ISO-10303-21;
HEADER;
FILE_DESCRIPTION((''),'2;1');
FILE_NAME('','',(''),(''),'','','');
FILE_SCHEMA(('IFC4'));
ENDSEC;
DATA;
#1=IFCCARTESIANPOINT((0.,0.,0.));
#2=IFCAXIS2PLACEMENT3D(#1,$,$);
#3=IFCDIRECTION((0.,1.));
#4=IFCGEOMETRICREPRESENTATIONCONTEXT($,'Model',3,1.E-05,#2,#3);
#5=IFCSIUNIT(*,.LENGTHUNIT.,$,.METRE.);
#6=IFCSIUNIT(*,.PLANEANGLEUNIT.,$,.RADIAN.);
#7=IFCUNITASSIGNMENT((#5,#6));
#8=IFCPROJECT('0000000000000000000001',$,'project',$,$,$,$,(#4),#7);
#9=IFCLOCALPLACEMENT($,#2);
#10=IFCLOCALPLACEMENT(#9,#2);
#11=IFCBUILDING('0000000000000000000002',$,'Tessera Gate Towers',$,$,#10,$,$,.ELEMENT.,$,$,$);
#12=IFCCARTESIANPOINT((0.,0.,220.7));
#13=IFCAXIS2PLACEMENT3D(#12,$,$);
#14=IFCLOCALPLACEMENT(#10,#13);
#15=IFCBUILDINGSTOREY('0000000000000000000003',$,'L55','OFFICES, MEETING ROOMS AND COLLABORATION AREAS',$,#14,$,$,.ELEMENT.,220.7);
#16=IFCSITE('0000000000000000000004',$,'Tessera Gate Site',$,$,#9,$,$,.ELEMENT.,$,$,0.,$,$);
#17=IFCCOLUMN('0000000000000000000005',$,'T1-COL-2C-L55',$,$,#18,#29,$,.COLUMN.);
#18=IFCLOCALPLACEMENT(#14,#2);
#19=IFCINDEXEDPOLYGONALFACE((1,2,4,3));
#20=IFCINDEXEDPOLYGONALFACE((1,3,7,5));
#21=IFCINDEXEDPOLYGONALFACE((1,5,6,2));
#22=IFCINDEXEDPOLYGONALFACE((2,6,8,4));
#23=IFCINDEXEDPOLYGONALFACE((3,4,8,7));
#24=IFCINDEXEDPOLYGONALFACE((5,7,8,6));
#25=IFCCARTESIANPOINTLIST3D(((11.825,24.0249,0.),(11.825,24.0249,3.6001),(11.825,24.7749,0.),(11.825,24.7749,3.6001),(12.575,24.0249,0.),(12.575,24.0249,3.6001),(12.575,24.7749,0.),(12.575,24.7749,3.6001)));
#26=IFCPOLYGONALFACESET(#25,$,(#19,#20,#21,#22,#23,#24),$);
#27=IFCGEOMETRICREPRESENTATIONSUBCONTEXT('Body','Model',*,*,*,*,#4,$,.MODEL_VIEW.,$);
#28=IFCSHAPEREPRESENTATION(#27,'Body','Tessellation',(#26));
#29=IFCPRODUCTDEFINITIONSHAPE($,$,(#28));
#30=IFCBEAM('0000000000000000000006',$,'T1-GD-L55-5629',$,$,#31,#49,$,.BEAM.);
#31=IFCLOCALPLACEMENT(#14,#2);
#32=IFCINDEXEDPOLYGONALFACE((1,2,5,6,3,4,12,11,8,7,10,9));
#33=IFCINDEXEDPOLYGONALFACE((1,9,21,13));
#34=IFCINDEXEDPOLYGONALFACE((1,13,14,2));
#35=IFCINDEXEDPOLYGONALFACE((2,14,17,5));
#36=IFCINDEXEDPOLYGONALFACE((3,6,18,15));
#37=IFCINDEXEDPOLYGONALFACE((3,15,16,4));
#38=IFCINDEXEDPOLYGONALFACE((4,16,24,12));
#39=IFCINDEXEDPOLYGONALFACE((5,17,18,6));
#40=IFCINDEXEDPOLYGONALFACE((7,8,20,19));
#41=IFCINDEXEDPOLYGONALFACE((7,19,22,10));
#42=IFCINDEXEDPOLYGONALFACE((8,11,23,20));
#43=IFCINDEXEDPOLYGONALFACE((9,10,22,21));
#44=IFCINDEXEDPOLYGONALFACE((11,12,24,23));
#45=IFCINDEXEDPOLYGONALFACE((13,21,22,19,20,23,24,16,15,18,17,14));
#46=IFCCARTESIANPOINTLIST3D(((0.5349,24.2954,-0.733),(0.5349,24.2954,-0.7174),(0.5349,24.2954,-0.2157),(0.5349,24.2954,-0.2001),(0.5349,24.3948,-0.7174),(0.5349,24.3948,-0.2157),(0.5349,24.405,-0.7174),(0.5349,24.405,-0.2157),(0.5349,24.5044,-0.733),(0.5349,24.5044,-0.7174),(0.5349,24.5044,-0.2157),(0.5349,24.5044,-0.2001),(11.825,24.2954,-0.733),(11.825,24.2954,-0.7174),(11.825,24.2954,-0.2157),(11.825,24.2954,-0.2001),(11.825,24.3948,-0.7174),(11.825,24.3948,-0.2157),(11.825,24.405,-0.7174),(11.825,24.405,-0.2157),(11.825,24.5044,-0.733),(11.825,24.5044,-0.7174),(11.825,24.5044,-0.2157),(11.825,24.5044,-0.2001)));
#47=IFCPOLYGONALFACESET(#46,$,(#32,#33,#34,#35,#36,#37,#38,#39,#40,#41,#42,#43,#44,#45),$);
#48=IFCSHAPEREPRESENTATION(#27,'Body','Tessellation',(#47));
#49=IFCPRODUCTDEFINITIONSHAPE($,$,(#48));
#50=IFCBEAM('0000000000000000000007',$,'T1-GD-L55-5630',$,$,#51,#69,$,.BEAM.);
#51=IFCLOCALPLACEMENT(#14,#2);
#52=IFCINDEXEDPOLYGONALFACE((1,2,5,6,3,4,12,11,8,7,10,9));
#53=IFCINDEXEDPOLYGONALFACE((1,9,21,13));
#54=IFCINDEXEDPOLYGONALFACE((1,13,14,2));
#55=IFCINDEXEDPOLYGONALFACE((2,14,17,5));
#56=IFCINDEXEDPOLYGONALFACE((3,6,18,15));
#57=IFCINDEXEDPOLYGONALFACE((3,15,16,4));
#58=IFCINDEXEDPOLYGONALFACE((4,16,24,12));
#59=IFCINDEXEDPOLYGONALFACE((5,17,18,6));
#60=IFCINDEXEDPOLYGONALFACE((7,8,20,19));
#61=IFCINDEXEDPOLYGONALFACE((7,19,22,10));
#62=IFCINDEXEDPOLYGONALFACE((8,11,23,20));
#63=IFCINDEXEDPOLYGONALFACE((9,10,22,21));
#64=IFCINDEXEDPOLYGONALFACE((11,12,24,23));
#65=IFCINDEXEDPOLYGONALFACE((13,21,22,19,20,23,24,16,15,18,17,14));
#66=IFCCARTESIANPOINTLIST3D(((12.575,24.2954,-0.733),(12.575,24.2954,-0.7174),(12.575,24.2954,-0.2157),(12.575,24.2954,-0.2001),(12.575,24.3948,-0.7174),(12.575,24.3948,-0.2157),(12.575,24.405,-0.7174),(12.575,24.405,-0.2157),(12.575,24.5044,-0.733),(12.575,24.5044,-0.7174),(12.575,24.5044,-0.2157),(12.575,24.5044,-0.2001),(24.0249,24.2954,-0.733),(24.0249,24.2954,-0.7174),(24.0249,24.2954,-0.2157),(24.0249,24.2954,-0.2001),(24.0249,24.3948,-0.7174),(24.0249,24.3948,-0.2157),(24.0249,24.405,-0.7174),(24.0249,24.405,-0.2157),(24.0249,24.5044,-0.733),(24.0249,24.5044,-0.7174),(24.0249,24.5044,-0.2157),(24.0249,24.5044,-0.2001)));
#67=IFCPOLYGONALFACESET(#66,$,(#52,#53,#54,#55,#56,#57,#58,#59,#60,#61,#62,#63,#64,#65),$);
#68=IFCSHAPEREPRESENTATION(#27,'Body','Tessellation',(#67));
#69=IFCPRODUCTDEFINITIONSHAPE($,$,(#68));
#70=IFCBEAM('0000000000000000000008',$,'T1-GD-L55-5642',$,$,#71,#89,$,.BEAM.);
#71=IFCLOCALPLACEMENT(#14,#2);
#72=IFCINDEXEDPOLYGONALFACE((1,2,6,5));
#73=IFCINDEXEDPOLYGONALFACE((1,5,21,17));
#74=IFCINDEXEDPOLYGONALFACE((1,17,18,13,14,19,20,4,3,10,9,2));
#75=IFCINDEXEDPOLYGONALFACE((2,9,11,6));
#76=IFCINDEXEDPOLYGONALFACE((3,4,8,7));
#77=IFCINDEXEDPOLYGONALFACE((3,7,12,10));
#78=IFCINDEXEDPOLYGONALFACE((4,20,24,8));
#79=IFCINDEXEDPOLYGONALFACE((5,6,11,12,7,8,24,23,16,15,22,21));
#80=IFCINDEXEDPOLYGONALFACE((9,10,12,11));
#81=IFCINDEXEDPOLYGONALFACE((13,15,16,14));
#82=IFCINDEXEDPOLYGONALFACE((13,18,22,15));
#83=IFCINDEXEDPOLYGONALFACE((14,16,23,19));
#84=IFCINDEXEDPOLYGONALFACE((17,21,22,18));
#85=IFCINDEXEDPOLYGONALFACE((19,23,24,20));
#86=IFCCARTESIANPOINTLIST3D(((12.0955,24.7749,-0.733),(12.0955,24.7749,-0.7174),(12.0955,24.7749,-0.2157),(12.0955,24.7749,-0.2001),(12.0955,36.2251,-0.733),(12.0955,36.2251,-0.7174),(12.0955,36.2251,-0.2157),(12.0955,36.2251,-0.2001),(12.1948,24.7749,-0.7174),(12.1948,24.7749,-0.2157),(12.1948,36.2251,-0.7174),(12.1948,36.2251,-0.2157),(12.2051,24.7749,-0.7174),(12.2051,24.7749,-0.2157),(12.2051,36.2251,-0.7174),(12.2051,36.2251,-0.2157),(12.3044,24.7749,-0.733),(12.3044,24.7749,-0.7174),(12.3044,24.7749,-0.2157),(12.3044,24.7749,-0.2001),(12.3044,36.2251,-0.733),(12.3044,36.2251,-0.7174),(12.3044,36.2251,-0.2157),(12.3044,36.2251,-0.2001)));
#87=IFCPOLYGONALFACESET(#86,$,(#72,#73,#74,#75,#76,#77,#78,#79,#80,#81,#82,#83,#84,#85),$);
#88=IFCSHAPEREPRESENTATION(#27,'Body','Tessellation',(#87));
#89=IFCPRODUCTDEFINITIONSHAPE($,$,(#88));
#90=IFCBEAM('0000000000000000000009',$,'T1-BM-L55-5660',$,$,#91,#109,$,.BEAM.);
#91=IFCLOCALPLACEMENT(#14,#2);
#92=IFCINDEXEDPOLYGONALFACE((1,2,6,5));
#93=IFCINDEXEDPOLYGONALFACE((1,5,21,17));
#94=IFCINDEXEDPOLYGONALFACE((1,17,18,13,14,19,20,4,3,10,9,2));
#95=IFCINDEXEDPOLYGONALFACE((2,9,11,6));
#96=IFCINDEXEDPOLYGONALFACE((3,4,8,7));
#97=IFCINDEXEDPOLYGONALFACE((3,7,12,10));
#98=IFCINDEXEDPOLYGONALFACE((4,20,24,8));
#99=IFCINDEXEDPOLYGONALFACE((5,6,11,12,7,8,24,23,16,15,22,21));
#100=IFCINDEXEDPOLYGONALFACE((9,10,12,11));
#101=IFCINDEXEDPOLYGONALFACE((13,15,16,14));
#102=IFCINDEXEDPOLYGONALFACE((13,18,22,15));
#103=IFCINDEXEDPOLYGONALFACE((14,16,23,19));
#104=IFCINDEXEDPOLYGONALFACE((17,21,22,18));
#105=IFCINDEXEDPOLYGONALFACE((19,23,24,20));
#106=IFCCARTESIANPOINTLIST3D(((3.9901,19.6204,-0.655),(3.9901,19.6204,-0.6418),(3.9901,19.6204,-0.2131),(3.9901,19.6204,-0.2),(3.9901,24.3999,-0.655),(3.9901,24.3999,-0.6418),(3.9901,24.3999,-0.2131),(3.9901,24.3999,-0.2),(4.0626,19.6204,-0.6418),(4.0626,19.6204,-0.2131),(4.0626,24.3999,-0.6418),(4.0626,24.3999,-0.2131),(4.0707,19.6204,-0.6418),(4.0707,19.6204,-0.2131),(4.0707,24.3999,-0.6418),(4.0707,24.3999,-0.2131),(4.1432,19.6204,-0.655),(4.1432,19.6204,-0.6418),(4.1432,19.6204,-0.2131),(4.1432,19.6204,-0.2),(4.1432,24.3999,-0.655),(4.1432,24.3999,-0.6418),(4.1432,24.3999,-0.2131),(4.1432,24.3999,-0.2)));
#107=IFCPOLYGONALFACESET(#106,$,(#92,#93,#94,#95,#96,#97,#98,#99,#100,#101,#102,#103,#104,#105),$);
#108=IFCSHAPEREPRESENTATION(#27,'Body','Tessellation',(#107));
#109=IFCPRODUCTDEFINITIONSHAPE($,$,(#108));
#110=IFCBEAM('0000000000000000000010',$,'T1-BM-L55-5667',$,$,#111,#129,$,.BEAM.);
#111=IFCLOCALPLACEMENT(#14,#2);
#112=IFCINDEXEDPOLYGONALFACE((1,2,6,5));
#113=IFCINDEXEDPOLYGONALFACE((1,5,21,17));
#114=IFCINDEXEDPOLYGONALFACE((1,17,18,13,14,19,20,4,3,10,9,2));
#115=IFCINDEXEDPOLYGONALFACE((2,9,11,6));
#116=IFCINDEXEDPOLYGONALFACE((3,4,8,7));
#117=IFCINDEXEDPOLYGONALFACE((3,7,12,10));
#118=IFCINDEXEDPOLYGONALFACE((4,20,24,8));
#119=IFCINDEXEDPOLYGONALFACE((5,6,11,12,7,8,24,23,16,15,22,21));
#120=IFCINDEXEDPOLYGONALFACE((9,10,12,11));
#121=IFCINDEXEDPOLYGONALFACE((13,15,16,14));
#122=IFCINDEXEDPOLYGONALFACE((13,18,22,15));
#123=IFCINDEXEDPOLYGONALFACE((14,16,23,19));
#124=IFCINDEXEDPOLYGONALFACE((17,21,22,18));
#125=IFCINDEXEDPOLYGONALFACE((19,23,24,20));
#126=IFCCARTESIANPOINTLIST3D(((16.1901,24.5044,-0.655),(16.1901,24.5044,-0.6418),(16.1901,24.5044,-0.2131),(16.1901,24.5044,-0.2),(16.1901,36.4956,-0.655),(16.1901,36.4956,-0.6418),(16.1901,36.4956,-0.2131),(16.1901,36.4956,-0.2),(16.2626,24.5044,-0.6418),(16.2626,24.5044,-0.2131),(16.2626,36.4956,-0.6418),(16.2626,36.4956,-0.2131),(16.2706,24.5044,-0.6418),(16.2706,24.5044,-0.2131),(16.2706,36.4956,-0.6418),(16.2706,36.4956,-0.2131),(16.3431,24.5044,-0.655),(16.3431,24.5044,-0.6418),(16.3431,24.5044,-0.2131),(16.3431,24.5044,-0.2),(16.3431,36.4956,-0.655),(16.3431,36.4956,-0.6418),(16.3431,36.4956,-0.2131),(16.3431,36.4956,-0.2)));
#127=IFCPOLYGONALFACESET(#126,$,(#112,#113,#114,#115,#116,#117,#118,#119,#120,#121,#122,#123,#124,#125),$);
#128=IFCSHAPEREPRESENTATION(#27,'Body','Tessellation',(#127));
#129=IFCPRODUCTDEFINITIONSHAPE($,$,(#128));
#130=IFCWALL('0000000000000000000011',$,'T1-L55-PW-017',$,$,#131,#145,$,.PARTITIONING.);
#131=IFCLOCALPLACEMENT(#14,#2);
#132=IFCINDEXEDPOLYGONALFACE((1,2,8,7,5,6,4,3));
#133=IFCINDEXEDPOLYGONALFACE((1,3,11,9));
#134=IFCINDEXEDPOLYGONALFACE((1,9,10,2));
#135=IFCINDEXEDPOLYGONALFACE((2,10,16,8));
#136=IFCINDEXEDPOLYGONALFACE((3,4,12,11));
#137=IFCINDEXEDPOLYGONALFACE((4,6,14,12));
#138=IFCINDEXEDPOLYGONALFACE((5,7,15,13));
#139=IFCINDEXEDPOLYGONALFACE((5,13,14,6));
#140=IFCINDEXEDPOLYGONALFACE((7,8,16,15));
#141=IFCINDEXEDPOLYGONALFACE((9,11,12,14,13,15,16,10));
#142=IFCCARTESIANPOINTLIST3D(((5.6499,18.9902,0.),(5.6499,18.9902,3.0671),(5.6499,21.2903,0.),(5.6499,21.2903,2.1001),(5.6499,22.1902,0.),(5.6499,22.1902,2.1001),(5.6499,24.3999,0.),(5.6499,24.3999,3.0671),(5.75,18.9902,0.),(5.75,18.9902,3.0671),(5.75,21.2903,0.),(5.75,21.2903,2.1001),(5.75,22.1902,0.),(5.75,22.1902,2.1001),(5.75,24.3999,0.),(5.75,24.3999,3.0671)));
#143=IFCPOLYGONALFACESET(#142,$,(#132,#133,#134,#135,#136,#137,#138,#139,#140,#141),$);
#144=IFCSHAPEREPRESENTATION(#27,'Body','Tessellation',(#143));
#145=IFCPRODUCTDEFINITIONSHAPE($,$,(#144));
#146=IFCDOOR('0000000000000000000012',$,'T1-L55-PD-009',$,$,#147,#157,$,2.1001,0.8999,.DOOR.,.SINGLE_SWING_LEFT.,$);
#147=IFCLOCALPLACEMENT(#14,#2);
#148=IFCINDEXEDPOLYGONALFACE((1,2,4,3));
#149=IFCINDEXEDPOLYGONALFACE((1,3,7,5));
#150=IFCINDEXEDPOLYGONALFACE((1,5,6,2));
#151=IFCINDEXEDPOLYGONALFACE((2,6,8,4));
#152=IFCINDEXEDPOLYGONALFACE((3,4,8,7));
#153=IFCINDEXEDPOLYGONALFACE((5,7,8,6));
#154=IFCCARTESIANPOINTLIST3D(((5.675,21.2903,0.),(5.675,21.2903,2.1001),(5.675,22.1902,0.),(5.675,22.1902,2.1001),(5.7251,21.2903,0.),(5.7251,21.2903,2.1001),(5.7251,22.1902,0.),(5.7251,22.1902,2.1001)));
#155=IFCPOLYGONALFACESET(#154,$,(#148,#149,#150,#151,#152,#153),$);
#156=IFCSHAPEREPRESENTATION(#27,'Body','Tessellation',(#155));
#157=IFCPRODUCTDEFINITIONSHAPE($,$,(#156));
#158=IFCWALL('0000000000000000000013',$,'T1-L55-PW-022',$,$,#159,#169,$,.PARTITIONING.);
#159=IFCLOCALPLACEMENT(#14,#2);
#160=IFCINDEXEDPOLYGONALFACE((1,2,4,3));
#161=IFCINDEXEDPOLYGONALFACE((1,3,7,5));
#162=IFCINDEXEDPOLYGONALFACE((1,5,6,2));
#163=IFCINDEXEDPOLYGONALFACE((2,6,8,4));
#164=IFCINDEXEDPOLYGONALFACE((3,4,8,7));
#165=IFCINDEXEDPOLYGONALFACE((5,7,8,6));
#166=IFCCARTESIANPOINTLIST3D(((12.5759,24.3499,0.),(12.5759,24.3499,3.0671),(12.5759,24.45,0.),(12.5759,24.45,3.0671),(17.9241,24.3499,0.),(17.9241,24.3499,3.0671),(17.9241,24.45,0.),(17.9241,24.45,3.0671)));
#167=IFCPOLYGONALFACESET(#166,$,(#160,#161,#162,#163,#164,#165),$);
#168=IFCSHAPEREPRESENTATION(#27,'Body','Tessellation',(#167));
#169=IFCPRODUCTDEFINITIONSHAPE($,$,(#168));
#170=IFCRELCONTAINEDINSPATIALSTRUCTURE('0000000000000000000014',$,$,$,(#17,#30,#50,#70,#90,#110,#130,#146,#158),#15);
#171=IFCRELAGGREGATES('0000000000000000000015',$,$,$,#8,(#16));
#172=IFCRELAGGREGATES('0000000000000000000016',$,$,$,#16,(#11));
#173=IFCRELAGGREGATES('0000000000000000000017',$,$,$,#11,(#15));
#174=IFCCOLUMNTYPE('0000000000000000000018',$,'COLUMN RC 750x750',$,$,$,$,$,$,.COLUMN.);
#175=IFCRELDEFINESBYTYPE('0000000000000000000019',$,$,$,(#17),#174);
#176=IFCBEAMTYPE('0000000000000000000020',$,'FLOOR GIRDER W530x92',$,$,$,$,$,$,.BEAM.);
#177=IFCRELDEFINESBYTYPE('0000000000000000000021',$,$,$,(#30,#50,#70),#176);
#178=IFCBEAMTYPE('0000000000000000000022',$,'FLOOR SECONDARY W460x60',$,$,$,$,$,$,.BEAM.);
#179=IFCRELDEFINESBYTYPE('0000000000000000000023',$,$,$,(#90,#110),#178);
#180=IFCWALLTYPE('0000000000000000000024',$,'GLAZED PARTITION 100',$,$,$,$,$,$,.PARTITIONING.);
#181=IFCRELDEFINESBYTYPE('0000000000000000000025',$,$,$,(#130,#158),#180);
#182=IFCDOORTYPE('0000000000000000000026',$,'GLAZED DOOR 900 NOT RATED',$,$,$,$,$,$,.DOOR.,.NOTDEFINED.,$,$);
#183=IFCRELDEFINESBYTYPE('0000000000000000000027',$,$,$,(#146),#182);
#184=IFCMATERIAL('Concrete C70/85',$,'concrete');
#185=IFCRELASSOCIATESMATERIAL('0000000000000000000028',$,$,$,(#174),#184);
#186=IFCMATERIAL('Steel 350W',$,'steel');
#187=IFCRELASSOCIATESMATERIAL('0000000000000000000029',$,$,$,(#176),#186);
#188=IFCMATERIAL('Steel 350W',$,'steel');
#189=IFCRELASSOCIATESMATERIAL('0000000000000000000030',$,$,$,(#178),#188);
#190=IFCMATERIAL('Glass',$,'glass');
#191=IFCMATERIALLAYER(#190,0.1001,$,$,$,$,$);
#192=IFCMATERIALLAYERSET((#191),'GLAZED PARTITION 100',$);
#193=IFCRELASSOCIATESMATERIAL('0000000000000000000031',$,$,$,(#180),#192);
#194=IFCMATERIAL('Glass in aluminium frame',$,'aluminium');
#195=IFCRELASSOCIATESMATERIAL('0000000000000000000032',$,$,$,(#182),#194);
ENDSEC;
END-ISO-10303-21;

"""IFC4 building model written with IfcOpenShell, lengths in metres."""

from ifc_helpers import new_model, si_unit, direction, frame, frame_2d, origin, origin_2d, place, context, subcontext, project, spatial, rectangle, i_section, extrude, source, transform, mapped, material, layer, layer_set, material_profile, profile_set, type_object, element, fill, save


model = new_model("IFC4")

# Units and contexts
model_context = context("Model", 3, precision=1e-05, world=origin(), true_north=direction((0.0, 1.0)))
body_context = subcontext(model_context, "Body", "Model", "MODEL_VIEW")
ifc_project = project(units=[si_unit("LENGTHUNIT", "METRE"), si_unit("PLANEANGLEUNIT", "RADIAN")], contexts=[model_context])

# Site, building, storey
site_placement = place(None, origin())
site = spatial("IfcSite", under=ifc_project, at=site_placement, Name="Tessera Gate Site", CompositionType="ELEMENT", RefElevation=0.0)
building_placement = place(site_placement, origin())
building = spatial("IfcBuilding", under=site, at=building_placement, Name="Tessera Gate Towers", CompositionType="ELEMENT")
storey_placement = place(building_placement, frame((0.0, 0.0, 220.7)))
storey = spatial("IfcBuildingStorey", under=building, at=storey_placement, Name="L55", Description="OFFICES, MEETING ROOMS AND COLLABORATION AREAS", CompositionType="ELEMENT", Elevation=220.7)

# Column
ifc_material_1 = material(Name="Concrete C70/85", Category="concrete")
ifc_material_profile_1 = material_profile(ifc_material_1, rectangle(XDim=0.75, YDim=0.75, at=origin_2d()), Name="RC 750x750")
ifc_profile_set_1 = profile_set([ifc_material_profile_1], Name="Concrete C70/85")
column_type = type_object("IfcColumnType", Name="COLUMN RC 750x750", PredefinedType="COLUMN", material=ifc_profile_set_1)
column_placement = place(storey_placement, frame((12.2, 24.3999, 0.0), z_axis=(0.0, 0.0, 1.0), x_axis=(1.0, 0.0, 0.0)))
element("IfcColumn", 1, at=column_placement, inside=storey, type_object=column_type, Name="T1-COL-2C-L55", PredefinedType="COLUMN", context=body_context, shape_type="SweptSolid", body=[
    extrude(rectangle(XDim=0.75, YDim=0.75, at=origin_2d()), origin(), (0.0, 0.0, 1.0), 3.6001),
])

# Beams
ifc_material_2 = material(Name="Steel 350W", Category="steel")
ifc_material_profile_2 = material_profile(ifc_material_2, i_section(OverallWidth=0.209, OverallDepth=0.533, WebThickness=0.0103, FlangeThickness=0.0156, at=origin_2d()), Name="W530x92")
ifc_profile_set_2 = profile_set([ifc_material_profile_2], Name="Steel 350W")
beam_type_1 = type_object("IfcBeamType", Name="FLOOR GIRDER W530x92", PredefinedType="BEAM", material=ifc_profile_set_2)
beam_1_placement = place(storey_placement, frame((0.5349, 24.3999, -0.4666), z_axis=(1.0, 0.0, 0.0), x_axis=(0.0, 1.0, 0.0)))
element("IfcBeam", 2, at=beam_1_placement, inside=storey, type_object=beam_type_1, Name="T1-GD-L55-5629", PredefinedType="BEAM", context=body_context, shape_type="SweptSolid", body=[
    extrude(i_section(OverallWidth=0.209, OverallDepth=0.533, WebThickness=0.0103, FlangeThickness=0.0156, at=origin_2d()), origin(), (0.0, 0.0, 1.0), 11.29),
])
beam_2_placement = place(storey_placement, frame((12.575, 24.3999, -0.4666), z_axis=(1.0, 0.0, 0.0), x_axis=(0.0, 1.0, 0.0)))
element("IfcBeam", 3, at=beam_2_placement, inside=storey, type_object=beam_type_1, Name="T1-GD-L55-5630", PredefinedType="BEAM", context=body_context, shape_type="SweptSolid", body=[
    extrude(i_section(OverallWidth=0.209, OverallDepth=0.533, WebThickness=0.0103, FlangeThickness=0.0156, at=origin_2d()), origin(), (0.0, 0.0, 1.0), 11.45),
])
beam_3_placement = place(storey_placement, frame((12.2, 24.7749, -0.4666), z_axis=(0.0, 1.0, 0.0), x_axis=(-1.0, 0.0, 0.0)))
element("IfcBeam", 4, at=beam_3_placement, inside=storey, type_object=beam_type_1, Name="T1-GD-L55-5642", PredefinedType="BEAM", context=body_context, shape_type="SweptSolid", body=[
    extrude(i_section(OverallWidth=0.209, OverallDepth=0.533, WebThickness=0.0103, FlangeThickness=0.0156, at=origin_2d()), origin(), (0.0, 0.0, 1.0), 11.4502),
])
ifc_material_3 = material(Name="Steel 350W", Category="steel")
ifc_material_profile_3 = material_profile(ifc_material_3, i_section(OverallWidth=0.1531, OverallDepth=0.4551, WebThickness=0.0081, FlangeThickness=0.0132, at=origin_2d()), Name="W460x60")
ifc_profile_set_3 = profile_set([ifc_material_profile_3], Name="Steel 350W")
beam_type_2 = type_object("IfcBeamType", Name="FLOOR SECONDARY W460x60", PredefinedType="BEAM", material=ifc_profile_set_3)
beam_4_placement = place(storey_placement, frame((4.0667, 19.6204, -0.4275), z_axis=(0.0, 1.0, 0.0), x_axis=(-1.0, 0.0, 0.0)))
element("IfcBeam", 5, at=beam_4_placement, inside=storey, type_object=beam_type_2, Name="T1-BM-L55-5660", PredefinedType="BEAM", context=body_context, shape_type="SweptSolid", body=[
    extrude(i_section(OverallWidth=0.1531, OverallDepth=0.4551, WebThickness=0.0081, FlangeThickness=0.0132, at=origin_2d()), origin(), (0.0, 0.0, 1.0), 4.7795),
])
beam_5_placement = place(storey_placement, frame((16.2666, 24.5044, -0.4275), z_axis=(0.0, 1.0, 0.0), x_axis=(-1.0, 0.0, 0.0)))
element("IfcBeam", 6, at=beam_5_placement, inside=storey, type_object=beam_type_2, Name="T1-BM-L55-5667", PredefinedType="BEAM", context=body_context, shape_type="SweptSolid", body=[
    extrude(i_section(OverallWidth=0.1531, OverallDepth=0.4551, WebThickness=0.0081, FlangeThickness=0.0132, at=origin_2d()), origin(), (0.0, 0.0, 1.0), 11.9912),
])

# Wall, opening, door
ifc_material_4 = material(Name="Glass", Category="glass")
ifc_layer_1 = layer(ifc_material_4, 0.1001)
ifc_layer_set_1 = layer_set([ifc_layer_1], Name="GLAZED PARTITION 100")
wall_type_1 = type_object("IfcWallType", Name="GLAZED PARTITION 100", PredefinedType="PARTITIONING", material=ifc_layer_set_1)
wall_1_placement = place(storey_placement, frame((5.7, 18.9902, 0.0), z_axis=(0.0, 0.0, 1.0), x_axis=(0.0, 1.0, 0.0)))
wall_1 = element("IfcWall", 7, at=wall_1_placement, inside=storey, type_object=wall_type_1, Name="T1-L55-PW-017", PredefinedType="PARTITIONING", context=body_context, shape_type="SweptSolid", body=[
    extrude(rectangle(XDim=5.4097, YDim=0.1001, at=frame_2d((2.7048, 0.0))), origin(), (0.0, 0.0, 1.0), 3.0671),
])
shared_shape_1 = source(origin(), body_context, "Body", "SweptSolid", [
    extrude(rectangle(XDim=0.8999, YDim=2.1001, at=frame_2d((0.45, 1.05))), frame((0.0, 0.0601, 0.0), z_axis=(0.0, -1.0, 0.0), x_axis=(1.0, 0.0, 0.0)), (0.0, 0.0, 1.0), 0.1201),
])
opening_1_placement = place(wall_1_placement, frame((2.3, 0.0, 0.0)))
opening_1 = element("IfcOpeningElement", 8, at=opening_1_placement, cuts=wall_1, PredefinedType="OPENING", context=body_context, shape_type="MappedRepresentation", body=[
    mapped(shared_shape_1, transform((0.0, 0.0, 0.0), scale=1.0)),
])
ifc_material_5 = material(Name="Glass in aluminium frame", Category="aluminium")
door_type = type_object("IfcDoorType", Name="GLAZED DOOR 900 NOT RATED", OperationType="NOTDEFINED", PredefinedType="DOOR", material=ifc_material_5)
shared_shape_2 = source(origin(), body_context, "Body", "SweptSolid", [
    extrude(rectangle(XDim=0.8999, YDim=2.1001, at=frame_2d((0.45, 1.05))), frame((0.0, 0.0249, 0.0), z_axis=(0.0, -1.0, 0.0), x_axis=(1.0, 0.0, 0.0)), (0.0, 0.0, 1.0), 0.05),
])
door_1_placement = place(opening_1_placement, origin())
door_1 = element("IfcDoor", 9, at=door_1_placement, inside=storey, type_object=door_type, Name="T1-L55-PD-009", OperationType="SINGLE_SWING_LEFT", OverallHeight=2.1001, OverallWidth=0.8999, PredefinedType="DOOR", context=body_context, shape_type="MappedRepresentation", body=[
    mapped(shared_shape_2, transform((0.0, 0.0, 0.0), scale=1.0)),
])
fill(opening_1, door_1)

# Wall
wall_2_placement = place(storey_placement, frame((12.5759, 24.3999, 0.0), z_axis=(0.0, 0.0, 1.0), x_axis=(1.0, 0.0, 0.0)))
element("IfcWall", 10, at=wall_2_placement, inside=storey, type_object=wall_type_1, Name="T1-L55-PW-022", PredefinedType="PARTITIONING", context=body_context, shape_type="SweptSolid", body=[
    extrude(rectangle(XDim=5.3481, YDim=0.1001, at=frame_2d((2.6741, 0.0))), origin(), (0.0, 0.0, 1.0), 3.0671),
])

save(model, "model.ifc")
